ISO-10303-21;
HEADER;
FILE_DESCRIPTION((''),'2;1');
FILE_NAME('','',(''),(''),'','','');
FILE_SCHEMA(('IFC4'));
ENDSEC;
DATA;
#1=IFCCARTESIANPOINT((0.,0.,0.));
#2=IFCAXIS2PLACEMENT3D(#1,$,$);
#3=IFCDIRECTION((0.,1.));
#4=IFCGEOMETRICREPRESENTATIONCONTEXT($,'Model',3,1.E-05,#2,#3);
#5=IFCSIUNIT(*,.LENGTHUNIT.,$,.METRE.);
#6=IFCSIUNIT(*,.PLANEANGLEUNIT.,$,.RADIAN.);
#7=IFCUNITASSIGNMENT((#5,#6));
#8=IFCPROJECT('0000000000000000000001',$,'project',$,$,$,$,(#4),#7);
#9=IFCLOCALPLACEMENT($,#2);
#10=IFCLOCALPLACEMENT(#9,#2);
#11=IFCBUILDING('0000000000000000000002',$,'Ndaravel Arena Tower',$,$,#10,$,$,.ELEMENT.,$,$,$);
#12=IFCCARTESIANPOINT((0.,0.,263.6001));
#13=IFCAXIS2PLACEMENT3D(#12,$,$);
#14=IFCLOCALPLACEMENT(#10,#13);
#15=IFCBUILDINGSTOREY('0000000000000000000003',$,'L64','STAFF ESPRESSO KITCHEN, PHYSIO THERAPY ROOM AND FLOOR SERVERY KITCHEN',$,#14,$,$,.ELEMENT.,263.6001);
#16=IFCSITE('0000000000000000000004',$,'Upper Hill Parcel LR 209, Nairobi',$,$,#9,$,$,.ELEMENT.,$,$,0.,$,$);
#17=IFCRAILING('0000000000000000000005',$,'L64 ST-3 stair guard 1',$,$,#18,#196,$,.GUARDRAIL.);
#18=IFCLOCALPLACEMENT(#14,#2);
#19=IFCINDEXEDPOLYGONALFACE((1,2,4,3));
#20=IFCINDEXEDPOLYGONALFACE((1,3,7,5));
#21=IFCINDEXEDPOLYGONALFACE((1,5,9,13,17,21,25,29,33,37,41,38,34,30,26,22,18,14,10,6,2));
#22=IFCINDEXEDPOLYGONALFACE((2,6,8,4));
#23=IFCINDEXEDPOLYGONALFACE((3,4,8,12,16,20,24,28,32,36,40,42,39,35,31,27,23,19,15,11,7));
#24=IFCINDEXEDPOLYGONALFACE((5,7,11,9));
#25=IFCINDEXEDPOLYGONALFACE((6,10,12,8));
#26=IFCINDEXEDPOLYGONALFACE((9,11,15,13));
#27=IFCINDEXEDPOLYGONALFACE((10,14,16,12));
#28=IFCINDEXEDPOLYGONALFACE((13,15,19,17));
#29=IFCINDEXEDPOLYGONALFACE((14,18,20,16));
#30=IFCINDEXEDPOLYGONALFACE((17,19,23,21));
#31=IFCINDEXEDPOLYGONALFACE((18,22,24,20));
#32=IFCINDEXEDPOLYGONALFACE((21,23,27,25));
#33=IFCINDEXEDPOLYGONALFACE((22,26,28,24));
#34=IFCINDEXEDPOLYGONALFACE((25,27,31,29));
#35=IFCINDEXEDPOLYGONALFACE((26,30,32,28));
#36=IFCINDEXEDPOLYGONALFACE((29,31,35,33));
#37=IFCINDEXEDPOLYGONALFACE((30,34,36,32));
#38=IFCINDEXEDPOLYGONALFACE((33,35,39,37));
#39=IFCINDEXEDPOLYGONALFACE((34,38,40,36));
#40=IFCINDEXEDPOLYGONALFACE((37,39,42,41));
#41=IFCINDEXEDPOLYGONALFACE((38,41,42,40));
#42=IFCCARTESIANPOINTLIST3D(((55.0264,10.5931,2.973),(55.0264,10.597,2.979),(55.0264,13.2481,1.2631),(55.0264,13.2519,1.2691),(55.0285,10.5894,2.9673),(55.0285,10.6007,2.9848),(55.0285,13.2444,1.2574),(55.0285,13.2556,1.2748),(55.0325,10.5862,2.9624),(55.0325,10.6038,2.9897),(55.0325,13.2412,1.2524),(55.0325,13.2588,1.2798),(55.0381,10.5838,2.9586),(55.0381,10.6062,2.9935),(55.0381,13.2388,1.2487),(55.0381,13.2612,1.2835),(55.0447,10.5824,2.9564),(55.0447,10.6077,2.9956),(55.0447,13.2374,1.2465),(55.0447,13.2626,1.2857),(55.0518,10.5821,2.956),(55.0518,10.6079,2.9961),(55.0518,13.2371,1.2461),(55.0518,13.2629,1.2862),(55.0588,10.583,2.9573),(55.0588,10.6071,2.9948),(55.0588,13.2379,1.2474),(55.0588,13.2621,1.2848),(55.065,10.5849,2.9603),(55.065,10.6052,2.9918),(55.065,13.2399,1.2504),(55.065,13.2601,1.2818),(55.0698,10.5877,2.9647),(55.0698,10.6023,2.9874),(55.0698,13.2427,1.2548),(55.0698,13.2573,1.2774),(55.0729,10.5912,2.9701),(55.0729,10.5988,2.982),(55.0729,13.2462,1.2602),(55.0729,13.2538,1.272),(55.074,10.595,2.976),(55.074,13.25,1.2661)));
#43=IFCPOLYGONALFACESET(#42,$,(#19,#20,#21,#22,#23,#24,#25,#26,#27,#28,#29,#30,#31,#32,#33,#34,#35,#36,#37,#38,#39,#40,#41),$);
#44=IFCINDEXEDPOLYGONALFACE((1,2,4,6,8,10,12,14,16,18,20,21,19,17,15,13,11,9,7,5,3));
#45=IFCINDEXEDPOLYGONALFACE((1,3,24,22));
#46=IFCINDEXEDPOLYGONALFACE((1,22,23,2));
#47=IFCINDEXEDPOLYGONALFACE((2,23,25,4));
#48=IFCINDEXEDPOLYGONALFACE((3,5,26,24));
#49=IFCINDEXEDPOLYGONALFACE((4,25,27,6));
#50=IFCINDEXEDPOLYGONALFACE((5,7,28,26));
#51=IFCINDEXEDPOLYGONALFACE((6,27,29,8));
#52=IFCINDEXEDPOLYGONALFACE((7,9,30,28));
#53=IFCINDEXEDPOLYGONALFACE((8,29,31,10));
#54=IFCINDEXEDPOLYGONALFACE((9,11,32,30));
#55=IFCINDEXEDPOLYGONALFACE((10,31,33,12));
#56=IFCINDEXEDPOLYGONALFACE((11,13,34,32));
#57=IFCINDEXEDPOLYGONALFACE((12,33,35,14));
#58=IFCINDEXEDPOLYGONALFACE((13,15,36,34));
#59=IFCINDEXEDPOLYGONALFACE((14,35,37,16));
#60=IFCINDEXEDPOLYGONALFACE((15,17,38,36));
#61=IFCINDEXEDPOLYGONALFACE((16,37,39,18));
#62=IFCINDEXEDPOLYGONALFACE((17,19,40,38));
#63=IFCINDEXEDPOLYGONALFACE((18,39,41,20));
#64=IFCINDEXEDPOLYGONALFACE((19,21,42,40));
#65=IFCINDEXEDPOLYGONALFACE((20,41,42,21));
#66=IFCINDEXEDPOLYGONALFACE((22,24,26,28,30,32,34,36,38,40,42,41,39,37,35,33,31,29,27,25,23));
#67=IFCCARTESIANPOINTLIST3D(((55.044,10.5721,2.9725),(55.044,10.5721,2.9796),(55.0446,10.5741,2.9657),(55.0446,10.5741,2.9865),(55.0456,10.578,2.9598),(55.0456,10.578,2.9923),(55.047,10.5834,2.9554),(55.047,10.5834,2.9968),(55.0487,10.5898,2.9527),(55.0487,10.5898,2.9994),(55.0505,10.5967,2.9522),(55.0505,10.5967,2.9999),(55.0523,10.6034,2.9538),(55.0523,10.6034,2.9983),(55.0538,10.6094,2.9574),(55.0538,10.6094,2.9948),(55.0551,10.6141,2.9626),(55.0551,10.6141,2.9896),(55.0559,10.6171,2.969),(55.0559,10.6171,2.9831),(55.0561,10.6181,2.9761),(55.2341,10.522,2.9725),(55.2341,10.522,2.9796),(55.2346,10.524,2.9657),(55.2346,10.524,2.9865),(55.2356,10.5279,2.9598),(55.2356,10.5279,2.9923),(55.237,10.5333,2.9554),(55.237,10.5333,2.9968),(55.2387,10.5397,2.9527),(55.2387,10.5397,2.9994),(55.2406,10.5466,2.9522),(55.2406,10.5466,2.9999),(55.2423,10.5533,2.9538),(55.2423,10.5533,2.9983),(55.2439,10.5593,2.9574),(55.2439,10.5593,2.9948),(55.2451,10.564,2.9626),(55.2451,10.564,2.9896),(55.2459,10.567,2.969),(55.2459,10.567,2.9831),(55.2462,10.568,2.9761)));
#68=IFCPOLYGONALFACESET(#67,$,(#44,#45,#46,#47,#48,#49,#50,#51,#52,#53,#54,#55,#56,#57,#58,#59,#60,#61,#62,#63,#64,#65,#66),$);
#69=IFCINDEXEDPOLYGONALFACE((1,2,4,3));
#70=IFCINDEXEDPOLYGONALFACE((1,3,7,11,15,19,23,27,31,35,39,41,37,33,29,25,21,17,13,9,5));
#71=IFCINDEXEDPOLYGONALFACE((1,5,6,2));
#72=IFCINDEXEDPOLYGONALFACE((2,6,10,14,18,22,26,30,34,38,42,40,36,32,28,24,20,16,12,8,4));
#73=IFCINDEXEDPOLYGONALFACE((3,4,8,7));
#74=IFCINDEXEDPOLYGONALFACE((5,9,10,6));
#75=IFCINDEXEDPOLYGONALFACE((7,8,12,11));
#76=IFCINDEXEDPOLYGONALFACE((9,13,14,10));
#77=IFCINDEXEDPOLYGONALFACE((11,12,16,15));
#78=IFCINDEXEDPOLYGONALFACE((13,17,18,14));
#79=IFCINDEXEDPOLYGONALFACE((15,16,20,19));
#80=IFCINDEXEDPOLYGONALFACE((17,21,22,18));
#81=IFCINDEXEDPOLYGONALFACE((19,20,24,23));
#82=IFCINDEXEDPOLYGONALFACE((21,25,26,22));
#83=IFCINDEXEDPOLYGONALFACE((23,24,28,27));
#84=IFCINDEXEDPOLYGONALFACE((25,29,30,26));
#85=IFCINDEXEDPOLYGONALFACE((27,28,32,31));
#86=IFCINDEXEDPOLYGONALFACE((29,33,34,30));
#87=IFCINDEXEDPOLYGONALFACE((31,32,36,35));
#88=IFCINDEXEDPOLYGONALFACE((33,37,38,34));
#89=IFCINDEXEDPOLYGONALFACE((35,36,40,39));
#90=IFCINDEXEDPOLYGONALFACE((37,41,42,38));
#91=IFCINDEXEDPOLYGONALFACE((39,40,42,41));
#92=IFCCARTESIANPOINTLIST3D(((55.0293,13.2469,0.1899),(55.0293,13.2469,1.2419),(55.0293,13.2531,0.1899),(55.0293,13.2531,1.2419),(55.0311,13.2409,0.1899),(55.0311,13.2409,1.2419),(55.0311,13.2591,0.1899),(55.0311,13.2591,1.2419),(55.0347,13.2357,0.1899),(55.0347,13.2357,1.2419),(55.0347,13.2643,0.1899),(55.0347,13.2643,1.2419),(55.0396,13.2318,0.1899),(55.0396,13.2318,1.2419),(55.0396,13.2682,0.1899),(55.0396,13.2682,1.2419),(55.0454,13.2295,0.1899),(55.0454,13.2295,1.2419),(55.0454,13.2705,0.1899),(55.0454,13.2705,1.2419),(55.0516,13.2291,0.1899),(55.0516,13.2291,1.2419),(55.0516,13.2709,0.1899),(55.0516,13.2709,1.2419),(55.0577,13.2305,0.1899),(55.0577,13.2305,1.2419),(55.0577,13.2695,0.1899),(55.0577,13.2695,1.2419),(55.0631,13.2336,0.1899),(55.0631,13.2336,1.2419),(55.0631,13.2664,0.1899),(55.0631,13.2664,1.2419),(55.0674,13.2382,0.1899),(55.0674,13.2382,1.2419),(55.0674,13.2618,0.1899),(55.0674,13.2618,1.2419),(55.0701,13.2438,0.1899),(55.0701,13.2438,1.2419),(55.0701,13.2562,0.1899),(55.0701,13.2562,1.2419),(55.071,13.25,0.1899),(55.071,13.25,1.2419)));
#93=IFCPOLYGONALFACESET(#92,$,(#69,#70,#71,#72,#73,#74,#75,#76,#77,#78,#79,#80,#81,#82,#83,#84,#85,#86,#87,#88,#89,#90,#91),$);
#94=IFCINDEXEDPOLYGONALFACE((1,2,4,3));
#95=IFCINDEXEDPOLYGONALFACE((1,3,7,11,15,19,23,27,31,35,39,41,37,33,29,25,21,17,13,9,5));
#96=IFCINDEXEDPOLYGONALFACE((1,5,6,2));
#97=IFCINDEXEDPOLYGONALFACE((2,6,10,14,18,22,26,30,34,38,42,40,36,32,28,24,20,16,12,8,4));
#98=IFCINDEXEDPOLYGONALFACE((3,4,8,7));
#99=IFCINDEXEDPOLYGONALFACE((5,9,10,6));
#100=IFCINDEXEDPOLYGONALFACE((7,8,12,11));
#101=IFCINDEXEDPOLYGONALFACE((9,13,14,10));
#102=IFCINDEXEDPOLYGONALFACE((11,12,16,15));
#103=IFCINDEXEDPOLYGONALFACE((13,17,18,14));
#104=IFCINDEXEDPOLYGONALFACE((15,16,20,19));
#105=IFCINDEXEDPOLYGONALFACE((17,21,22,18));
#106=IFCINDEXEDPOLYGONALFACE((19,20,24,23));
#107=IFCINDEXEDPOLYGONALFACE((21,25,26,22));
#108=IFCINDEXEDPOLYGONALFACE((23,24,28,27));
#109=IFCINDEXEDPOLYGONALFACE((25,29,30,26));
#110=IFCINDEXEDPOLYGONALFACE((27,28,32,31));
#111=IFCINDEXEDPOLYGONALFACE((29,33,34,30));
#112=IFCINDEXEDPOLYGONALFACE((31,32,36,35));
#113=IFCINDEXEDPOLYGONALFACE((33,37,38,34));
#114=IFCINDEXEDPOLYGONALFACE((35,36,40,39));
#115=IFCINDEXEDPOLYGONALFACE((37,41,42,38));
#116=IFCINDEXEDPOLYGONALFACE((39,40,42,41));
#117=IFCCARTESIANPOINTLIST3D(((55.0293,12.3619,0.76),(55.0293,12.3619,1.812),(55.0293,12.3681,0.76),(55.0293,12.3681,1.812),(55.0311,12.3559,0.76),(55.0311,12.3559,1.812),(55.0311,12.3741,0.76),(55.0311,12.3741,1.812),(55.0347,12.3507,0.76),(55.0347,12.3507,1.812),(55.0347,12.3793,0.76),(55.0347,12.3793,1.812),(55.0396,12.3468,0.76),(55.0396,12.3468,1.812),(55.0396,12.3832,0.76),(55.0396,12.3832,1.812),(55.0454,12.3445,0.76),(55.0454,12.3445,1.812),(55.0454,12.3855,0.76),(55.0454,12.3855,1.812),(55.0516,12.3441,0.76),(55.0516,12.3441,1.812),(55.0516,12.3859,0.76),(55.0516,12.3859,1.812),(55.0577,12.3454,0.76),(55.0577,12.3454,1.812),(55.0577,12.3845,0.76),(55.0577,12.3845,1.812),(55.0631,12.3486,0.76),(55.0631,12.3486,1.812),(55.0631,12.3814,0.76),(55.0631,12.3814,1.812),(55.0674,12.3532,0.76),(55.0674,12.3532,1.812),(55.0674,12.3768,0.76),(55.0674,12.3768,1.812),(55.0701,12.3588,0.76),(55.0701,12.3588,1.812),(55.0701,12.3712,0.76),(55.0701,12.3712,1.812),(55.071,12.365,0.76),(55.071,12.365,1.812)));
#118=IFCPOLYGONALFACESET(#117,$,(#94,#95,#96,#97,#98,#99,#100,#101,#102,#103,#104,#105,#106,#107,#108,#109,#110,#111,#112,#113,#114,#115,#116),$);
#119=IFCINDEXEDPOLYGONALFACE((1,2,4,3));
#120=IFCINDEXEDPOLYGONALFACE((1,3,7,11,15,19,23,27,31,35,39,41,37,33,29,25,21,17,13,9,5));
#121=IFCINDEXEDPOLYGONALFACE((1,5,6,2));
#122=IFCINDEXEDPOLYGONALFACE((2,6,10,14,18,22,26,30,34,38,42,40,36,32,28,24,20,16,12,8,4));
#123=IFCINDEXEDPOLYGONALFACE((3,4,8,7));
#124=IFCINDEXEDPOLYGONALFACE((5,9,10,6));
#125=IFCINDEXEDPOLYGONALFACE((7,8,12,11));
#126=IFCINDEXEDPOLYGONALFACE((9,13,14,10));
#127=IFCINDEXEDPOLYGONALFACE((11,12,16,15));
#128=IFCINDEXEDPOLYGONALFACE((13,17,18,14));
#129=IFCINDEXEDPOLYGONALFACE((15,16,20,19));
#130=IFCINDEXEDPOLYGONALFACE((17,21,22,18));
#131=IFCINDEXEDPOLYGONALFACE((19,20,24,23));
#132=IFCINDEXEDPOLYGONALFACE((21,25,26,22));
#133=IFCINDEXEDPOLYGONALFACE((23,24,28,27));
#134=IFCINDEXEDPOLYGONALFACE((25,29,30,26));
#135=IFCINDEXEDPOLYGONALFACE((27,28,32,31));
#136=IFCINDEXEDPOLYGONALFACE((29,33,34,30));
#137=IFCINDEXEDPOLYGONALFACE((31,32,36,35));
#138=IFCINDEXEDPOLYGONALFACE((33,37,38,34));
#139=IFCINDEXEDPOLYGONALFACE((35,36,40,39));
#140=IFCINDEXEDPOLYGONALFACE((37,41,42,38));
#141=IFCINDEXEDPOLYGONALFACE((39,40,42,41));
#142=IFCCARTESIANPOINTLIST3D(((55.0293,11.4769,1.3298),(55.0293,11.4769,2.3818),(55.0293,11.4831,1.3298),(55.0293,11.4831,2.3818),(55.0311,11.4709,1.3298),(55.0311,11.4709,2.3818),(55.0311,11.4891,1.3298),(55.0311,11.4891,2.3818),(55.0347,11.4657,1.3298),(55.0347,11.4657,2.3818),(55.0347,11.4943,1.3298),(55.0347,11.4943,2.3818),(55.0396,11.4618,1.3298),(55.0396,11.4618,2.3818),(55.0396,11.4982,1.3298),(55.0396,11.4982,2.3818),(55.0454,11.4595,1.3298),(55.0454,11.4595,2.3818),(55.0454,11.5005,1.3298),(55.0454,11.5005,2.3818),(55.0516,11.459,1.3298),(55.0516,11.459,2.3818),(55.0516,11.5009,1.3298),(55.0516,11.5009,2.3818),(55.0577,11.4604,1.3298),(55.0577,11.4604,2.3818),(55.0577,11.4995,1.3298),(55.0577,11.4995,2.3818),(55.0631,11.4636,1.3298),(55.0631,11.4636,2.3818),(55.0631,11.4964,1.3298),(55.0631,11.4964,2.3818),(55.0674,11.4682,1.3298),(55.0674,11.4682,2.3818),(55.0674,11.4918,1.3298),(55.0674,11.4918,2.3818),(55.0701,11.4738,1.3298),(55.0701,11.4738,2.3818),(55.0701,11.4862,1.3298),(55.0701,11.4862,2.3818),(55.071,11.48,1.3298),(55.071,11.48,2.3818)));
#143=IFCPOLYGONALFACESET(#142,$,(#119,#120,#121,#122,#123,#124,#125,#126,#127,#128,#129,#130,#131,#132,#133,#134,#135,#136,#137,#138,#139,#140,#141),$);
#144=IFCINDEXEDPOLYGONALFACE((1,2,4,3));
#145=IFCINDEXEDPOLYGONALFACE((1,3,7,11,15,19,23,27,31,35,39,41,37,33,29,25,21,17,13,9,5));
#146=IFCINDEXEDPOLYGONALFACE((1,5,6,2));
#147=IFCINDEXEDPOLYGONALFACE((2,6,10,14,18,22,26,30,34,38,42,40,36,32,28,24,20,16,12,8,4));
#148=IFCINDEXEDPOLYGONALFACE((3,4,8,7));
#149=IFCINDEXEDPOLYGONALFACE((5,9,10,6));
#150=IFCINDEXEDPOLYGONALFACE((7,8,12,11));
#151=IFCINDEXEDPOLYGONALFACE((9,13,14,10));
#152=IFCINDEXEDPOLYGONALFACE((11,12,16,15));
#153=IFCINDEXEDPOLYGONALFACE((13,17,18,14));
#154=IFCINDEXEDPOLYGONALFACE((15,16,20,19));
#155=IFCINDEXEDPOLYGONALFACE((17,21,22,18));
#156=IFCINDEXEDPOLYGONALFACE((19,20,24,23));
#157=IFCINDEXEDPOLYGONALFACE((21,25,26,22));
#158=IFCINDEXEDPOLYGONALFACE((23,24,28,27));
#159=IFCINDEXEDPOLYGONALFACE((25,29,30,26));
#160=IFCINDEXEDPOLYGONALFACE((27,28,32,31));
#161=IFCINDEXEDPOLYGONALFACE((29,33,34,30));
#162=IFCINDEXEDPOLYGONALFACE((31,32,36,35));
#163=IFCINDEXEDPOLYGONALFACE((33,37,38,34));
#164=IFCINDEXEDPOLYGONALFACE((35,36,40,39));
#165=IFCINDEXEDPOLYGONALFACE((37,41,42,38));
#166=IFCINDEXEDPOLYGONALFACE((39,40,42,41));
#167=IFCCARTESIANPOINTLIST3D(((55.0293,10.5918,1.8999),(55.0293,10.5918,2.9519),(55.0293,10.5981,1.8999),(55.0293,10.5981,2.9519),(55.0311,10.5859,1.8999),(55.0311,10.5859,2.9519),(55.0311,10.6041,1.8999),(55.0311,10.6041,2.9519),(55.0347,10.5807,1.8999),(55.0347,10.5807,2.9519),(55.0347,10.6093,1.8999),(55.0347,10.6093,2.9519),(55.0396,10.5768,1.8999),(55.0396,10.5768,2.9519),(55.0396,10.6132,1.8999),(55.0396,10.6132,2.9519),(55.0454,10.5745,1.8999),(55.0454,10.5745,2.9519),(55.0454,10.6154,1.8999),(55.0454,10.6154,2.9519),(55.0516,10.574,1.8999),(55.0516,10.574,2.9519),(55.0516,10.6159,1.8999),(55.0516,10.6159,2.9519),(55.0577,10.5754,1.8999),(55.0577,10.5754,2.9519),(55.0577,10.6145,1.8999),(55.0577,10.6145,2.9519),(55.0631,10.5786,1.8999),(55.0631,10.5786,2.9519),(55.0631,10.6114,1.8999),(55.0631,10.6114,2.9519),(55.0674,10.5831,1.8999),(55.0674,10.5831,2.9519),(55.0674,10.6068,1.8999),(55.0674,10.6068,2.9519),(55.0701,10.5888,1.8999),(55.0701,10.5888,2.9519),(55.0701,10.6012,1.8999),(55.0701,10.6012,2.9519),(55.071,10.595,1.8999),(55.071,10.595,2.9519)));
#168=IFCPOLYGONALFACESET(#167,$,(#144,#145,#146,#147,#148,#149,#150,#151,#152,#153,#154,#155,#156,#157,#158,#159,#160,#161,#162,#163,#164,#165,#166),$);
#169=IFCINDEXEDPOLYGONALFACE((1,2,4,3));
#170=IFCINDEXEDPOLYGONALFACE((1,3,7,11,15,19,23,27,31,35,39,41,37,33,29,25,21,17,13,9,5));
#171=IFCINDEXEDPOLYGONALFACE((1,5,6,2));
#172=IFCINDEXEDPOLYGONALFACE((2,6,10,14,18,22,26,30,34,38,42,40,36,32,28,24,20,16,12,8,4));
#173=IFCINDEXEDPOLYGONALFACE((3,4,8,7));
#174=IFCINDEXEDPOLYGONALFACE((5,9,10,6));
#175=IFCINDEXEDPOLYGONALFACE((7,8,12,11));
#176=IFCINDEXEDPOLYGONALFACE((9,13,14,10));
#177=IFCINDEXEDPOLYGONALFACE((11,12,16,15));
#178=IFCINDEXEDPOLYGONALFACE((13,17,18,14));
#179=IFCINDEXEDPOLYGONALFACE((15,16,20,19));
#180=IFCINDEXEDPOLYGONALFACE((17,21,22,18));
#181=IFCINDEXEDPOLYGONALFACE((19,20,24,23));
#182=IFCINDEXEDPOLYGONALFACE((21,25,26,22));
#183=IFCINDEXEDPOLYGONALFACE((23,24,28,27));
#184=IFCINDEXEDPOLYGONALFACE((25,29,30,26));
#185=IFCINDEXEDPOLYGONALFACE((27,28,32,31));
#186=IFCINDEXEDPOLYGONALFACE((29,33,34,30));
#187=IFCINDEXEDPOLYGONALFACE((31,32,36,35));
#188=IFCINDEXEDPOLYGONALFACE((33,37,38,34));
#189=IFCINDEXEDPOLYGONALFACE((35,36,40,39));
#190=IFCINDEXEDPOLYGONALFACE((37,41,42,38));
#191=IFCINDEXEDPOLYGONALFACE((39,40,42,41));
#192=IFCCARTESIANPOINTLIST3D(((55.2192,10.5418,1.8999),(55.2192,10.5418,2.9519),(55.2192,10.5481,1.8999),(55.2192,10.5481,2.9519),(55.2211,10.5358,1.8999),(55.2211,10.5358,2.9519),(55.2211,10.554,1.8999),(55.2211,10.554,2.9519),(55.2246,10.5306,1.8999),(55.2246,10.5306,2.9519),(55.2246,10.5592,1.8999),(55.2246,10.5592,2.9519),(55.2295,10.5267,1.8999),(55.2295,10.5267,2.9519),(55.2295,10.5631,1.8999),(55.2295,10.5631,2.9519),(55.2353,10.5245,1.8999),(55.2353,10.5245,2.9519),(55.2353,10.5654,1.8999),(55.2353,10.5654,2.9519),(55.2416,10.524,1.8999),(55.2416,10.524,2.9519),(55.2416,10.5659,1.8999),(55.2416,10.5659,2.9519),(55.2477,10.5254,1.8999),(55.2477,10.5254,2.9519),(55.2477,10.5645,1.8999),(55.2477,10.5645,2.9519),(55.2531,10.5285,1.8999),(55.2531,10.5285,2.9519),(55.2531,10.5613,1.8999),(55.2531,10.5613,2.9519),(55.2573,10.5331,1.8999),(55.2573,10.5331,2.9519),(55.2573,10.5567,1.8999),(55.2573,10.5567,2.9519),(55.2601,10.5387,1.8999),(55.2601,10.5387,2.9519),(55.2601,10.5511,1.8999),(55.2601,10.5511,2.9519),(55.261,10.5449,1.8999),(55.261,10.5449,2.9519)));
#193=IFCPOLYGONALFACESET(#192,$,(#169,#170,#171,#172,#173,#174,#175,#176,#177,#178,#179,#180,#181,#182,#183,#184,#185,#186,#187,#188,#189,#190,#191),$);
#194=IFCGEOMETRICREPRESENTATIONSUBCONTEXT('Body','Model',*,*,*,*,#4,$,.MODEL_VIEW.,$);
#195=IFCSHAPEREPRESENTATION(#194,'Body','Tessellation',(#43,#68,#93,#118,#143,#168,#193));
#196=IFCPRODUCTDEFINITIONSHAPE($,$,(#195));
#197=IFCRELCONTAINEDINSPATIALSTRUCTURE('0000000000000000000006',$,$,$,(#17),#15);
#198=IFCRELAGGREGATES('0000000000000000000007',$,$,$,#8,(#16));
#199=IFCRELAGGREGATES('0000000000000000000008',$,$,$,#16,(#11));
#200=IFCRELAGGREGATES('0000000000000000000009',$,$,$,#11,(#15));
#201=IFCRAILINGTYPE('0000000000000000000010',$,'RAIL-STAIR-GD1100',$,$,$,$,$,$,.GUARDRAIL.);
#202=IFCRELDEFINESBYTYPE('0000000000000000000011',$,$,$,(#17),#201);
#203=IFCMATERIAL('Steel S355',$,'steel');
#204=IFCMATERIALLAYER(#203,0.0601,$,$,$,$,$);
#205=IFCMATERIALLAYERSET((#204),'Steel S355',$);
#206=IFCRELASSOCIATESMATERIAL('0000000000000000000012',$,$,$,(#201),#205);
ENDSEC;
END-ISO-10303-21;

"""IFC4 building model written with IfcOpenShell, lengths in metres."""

from ifc_helpers import new_model, si_unit, direction, frame, origin, origin_2d, place, context, subcontext, project, spatial, circle, extrude, material, layer, layer_set, type_object, element, save


model = new_model("IFC4")

# Units and contexts
model_context = context("Model", 3, precision=1e-05, world=origin(), true_north=direction((0.0, 1.0)))
body_context = subcontext(model_context, "Body", "Model", "MODEL_VIEW")
ifc_project = project(units=[si_unit("LENGTHUNIT", "METRE"), si_unit("PLANEANGLEUNIT", "RADIAN")], contexts=[model_context])

# Site, building, storey
site_placement = place(None, origin())
site = spatial("IfcSite", under=ifc_project, at=site_placement, Name="Upper Hill Parcel LR 209, Nairobi", CompositionType="ELEMENT", RefElevation=0.0)
building_placement = place(site_placement, origin())
building = spatial("IfcBuilding", under=site, at=building_placement, Name="Ndaravel Arena Tower", CompositionType="ELEMENT")
storey_placement = place(building_placement, frame((0.0, 0.0, 263.6001)))
storey = spatial("IfcBuildingStorey", under=building, at=storey_placement, Name="L64", Description="STAFF ESPRESSO KITCHEN, PHYSIO THERAPY ROOM AND FLOOR SERVERY KITCHEN", CompositionType="ELEMENT", Elevation=263.6001)

# Railing
ifc_material_1 = material(Name="Steel S355", Category="steel")
ifc_layer_1 = layer(ifc_material_1, 0.0601)
ifc_layer_set_1 = layer_set([ifc_layer_1], Name="Steel S355")
railing_type_1 = type_object("IfcRailingType", Name="RAIL-STAIR-GD1100", PredefinedType="GUARDRAIL", material=ifc_layer_set_1)
railing_1_placement = place(storey_placement, frame((55.05, 13.25, 0.1899)))
element("IfcRailing", 1, at=railing_1_placement, inside=storey, type_object=railing_type_1, Name="L64 ST-3 stair guard 1", PredefinedType="GUARDRAIL", context=body_context, shape_type="SweptSolid", body=[
    extrude(circle(Radius=0.0239, at=origin_2d()), frame((0.0, 0.0, 1.0762), z_axis=(0.0, -0.840724, 0.541465), x_axis=(1.0, 0.0, 0.0)), (0.0, 0.0, 1.0), 3.158),
    extrude(circle(Radius=0.0239, at=origin_2d()), frame((0.0, -2.655, 2.7861), z_axis=(0.966994, -0.254799, 0.0), x_axis=(0.254799, 0.966994, 0.0)), (0.0, 0.0, 1.0), 0.1965),
    extrude(circle(Radius=0.021, at=origin_2d()), origin(), (0.0, 0.0, 1.0), 1.052),
    extrude(circle(Radius=0.021, at=origin_2d()), frame((0.0, -0.885, 0.5701)), (0.0, 0.0, 1.0), 1.052),
    extrude(circle(Radius=0.021, at=origin_2d()), frame((0.0, -1.77, 1.1399)), (0.0, 0.0, 1.0), 1.052),
    extrude(circle(Radius=0.021, at=origin_2d()), frame((0.0, -2.655, 1.71)), (0.0, 0.0, 1.0), 1.052),
    extrude(circle(Radius=0.021, at=origin_2d()), frame((0.1899, -2.7051, 1.71)), (0.0, 0.0, 1.0), 1.052),
])

save(model, "model.ifc")
